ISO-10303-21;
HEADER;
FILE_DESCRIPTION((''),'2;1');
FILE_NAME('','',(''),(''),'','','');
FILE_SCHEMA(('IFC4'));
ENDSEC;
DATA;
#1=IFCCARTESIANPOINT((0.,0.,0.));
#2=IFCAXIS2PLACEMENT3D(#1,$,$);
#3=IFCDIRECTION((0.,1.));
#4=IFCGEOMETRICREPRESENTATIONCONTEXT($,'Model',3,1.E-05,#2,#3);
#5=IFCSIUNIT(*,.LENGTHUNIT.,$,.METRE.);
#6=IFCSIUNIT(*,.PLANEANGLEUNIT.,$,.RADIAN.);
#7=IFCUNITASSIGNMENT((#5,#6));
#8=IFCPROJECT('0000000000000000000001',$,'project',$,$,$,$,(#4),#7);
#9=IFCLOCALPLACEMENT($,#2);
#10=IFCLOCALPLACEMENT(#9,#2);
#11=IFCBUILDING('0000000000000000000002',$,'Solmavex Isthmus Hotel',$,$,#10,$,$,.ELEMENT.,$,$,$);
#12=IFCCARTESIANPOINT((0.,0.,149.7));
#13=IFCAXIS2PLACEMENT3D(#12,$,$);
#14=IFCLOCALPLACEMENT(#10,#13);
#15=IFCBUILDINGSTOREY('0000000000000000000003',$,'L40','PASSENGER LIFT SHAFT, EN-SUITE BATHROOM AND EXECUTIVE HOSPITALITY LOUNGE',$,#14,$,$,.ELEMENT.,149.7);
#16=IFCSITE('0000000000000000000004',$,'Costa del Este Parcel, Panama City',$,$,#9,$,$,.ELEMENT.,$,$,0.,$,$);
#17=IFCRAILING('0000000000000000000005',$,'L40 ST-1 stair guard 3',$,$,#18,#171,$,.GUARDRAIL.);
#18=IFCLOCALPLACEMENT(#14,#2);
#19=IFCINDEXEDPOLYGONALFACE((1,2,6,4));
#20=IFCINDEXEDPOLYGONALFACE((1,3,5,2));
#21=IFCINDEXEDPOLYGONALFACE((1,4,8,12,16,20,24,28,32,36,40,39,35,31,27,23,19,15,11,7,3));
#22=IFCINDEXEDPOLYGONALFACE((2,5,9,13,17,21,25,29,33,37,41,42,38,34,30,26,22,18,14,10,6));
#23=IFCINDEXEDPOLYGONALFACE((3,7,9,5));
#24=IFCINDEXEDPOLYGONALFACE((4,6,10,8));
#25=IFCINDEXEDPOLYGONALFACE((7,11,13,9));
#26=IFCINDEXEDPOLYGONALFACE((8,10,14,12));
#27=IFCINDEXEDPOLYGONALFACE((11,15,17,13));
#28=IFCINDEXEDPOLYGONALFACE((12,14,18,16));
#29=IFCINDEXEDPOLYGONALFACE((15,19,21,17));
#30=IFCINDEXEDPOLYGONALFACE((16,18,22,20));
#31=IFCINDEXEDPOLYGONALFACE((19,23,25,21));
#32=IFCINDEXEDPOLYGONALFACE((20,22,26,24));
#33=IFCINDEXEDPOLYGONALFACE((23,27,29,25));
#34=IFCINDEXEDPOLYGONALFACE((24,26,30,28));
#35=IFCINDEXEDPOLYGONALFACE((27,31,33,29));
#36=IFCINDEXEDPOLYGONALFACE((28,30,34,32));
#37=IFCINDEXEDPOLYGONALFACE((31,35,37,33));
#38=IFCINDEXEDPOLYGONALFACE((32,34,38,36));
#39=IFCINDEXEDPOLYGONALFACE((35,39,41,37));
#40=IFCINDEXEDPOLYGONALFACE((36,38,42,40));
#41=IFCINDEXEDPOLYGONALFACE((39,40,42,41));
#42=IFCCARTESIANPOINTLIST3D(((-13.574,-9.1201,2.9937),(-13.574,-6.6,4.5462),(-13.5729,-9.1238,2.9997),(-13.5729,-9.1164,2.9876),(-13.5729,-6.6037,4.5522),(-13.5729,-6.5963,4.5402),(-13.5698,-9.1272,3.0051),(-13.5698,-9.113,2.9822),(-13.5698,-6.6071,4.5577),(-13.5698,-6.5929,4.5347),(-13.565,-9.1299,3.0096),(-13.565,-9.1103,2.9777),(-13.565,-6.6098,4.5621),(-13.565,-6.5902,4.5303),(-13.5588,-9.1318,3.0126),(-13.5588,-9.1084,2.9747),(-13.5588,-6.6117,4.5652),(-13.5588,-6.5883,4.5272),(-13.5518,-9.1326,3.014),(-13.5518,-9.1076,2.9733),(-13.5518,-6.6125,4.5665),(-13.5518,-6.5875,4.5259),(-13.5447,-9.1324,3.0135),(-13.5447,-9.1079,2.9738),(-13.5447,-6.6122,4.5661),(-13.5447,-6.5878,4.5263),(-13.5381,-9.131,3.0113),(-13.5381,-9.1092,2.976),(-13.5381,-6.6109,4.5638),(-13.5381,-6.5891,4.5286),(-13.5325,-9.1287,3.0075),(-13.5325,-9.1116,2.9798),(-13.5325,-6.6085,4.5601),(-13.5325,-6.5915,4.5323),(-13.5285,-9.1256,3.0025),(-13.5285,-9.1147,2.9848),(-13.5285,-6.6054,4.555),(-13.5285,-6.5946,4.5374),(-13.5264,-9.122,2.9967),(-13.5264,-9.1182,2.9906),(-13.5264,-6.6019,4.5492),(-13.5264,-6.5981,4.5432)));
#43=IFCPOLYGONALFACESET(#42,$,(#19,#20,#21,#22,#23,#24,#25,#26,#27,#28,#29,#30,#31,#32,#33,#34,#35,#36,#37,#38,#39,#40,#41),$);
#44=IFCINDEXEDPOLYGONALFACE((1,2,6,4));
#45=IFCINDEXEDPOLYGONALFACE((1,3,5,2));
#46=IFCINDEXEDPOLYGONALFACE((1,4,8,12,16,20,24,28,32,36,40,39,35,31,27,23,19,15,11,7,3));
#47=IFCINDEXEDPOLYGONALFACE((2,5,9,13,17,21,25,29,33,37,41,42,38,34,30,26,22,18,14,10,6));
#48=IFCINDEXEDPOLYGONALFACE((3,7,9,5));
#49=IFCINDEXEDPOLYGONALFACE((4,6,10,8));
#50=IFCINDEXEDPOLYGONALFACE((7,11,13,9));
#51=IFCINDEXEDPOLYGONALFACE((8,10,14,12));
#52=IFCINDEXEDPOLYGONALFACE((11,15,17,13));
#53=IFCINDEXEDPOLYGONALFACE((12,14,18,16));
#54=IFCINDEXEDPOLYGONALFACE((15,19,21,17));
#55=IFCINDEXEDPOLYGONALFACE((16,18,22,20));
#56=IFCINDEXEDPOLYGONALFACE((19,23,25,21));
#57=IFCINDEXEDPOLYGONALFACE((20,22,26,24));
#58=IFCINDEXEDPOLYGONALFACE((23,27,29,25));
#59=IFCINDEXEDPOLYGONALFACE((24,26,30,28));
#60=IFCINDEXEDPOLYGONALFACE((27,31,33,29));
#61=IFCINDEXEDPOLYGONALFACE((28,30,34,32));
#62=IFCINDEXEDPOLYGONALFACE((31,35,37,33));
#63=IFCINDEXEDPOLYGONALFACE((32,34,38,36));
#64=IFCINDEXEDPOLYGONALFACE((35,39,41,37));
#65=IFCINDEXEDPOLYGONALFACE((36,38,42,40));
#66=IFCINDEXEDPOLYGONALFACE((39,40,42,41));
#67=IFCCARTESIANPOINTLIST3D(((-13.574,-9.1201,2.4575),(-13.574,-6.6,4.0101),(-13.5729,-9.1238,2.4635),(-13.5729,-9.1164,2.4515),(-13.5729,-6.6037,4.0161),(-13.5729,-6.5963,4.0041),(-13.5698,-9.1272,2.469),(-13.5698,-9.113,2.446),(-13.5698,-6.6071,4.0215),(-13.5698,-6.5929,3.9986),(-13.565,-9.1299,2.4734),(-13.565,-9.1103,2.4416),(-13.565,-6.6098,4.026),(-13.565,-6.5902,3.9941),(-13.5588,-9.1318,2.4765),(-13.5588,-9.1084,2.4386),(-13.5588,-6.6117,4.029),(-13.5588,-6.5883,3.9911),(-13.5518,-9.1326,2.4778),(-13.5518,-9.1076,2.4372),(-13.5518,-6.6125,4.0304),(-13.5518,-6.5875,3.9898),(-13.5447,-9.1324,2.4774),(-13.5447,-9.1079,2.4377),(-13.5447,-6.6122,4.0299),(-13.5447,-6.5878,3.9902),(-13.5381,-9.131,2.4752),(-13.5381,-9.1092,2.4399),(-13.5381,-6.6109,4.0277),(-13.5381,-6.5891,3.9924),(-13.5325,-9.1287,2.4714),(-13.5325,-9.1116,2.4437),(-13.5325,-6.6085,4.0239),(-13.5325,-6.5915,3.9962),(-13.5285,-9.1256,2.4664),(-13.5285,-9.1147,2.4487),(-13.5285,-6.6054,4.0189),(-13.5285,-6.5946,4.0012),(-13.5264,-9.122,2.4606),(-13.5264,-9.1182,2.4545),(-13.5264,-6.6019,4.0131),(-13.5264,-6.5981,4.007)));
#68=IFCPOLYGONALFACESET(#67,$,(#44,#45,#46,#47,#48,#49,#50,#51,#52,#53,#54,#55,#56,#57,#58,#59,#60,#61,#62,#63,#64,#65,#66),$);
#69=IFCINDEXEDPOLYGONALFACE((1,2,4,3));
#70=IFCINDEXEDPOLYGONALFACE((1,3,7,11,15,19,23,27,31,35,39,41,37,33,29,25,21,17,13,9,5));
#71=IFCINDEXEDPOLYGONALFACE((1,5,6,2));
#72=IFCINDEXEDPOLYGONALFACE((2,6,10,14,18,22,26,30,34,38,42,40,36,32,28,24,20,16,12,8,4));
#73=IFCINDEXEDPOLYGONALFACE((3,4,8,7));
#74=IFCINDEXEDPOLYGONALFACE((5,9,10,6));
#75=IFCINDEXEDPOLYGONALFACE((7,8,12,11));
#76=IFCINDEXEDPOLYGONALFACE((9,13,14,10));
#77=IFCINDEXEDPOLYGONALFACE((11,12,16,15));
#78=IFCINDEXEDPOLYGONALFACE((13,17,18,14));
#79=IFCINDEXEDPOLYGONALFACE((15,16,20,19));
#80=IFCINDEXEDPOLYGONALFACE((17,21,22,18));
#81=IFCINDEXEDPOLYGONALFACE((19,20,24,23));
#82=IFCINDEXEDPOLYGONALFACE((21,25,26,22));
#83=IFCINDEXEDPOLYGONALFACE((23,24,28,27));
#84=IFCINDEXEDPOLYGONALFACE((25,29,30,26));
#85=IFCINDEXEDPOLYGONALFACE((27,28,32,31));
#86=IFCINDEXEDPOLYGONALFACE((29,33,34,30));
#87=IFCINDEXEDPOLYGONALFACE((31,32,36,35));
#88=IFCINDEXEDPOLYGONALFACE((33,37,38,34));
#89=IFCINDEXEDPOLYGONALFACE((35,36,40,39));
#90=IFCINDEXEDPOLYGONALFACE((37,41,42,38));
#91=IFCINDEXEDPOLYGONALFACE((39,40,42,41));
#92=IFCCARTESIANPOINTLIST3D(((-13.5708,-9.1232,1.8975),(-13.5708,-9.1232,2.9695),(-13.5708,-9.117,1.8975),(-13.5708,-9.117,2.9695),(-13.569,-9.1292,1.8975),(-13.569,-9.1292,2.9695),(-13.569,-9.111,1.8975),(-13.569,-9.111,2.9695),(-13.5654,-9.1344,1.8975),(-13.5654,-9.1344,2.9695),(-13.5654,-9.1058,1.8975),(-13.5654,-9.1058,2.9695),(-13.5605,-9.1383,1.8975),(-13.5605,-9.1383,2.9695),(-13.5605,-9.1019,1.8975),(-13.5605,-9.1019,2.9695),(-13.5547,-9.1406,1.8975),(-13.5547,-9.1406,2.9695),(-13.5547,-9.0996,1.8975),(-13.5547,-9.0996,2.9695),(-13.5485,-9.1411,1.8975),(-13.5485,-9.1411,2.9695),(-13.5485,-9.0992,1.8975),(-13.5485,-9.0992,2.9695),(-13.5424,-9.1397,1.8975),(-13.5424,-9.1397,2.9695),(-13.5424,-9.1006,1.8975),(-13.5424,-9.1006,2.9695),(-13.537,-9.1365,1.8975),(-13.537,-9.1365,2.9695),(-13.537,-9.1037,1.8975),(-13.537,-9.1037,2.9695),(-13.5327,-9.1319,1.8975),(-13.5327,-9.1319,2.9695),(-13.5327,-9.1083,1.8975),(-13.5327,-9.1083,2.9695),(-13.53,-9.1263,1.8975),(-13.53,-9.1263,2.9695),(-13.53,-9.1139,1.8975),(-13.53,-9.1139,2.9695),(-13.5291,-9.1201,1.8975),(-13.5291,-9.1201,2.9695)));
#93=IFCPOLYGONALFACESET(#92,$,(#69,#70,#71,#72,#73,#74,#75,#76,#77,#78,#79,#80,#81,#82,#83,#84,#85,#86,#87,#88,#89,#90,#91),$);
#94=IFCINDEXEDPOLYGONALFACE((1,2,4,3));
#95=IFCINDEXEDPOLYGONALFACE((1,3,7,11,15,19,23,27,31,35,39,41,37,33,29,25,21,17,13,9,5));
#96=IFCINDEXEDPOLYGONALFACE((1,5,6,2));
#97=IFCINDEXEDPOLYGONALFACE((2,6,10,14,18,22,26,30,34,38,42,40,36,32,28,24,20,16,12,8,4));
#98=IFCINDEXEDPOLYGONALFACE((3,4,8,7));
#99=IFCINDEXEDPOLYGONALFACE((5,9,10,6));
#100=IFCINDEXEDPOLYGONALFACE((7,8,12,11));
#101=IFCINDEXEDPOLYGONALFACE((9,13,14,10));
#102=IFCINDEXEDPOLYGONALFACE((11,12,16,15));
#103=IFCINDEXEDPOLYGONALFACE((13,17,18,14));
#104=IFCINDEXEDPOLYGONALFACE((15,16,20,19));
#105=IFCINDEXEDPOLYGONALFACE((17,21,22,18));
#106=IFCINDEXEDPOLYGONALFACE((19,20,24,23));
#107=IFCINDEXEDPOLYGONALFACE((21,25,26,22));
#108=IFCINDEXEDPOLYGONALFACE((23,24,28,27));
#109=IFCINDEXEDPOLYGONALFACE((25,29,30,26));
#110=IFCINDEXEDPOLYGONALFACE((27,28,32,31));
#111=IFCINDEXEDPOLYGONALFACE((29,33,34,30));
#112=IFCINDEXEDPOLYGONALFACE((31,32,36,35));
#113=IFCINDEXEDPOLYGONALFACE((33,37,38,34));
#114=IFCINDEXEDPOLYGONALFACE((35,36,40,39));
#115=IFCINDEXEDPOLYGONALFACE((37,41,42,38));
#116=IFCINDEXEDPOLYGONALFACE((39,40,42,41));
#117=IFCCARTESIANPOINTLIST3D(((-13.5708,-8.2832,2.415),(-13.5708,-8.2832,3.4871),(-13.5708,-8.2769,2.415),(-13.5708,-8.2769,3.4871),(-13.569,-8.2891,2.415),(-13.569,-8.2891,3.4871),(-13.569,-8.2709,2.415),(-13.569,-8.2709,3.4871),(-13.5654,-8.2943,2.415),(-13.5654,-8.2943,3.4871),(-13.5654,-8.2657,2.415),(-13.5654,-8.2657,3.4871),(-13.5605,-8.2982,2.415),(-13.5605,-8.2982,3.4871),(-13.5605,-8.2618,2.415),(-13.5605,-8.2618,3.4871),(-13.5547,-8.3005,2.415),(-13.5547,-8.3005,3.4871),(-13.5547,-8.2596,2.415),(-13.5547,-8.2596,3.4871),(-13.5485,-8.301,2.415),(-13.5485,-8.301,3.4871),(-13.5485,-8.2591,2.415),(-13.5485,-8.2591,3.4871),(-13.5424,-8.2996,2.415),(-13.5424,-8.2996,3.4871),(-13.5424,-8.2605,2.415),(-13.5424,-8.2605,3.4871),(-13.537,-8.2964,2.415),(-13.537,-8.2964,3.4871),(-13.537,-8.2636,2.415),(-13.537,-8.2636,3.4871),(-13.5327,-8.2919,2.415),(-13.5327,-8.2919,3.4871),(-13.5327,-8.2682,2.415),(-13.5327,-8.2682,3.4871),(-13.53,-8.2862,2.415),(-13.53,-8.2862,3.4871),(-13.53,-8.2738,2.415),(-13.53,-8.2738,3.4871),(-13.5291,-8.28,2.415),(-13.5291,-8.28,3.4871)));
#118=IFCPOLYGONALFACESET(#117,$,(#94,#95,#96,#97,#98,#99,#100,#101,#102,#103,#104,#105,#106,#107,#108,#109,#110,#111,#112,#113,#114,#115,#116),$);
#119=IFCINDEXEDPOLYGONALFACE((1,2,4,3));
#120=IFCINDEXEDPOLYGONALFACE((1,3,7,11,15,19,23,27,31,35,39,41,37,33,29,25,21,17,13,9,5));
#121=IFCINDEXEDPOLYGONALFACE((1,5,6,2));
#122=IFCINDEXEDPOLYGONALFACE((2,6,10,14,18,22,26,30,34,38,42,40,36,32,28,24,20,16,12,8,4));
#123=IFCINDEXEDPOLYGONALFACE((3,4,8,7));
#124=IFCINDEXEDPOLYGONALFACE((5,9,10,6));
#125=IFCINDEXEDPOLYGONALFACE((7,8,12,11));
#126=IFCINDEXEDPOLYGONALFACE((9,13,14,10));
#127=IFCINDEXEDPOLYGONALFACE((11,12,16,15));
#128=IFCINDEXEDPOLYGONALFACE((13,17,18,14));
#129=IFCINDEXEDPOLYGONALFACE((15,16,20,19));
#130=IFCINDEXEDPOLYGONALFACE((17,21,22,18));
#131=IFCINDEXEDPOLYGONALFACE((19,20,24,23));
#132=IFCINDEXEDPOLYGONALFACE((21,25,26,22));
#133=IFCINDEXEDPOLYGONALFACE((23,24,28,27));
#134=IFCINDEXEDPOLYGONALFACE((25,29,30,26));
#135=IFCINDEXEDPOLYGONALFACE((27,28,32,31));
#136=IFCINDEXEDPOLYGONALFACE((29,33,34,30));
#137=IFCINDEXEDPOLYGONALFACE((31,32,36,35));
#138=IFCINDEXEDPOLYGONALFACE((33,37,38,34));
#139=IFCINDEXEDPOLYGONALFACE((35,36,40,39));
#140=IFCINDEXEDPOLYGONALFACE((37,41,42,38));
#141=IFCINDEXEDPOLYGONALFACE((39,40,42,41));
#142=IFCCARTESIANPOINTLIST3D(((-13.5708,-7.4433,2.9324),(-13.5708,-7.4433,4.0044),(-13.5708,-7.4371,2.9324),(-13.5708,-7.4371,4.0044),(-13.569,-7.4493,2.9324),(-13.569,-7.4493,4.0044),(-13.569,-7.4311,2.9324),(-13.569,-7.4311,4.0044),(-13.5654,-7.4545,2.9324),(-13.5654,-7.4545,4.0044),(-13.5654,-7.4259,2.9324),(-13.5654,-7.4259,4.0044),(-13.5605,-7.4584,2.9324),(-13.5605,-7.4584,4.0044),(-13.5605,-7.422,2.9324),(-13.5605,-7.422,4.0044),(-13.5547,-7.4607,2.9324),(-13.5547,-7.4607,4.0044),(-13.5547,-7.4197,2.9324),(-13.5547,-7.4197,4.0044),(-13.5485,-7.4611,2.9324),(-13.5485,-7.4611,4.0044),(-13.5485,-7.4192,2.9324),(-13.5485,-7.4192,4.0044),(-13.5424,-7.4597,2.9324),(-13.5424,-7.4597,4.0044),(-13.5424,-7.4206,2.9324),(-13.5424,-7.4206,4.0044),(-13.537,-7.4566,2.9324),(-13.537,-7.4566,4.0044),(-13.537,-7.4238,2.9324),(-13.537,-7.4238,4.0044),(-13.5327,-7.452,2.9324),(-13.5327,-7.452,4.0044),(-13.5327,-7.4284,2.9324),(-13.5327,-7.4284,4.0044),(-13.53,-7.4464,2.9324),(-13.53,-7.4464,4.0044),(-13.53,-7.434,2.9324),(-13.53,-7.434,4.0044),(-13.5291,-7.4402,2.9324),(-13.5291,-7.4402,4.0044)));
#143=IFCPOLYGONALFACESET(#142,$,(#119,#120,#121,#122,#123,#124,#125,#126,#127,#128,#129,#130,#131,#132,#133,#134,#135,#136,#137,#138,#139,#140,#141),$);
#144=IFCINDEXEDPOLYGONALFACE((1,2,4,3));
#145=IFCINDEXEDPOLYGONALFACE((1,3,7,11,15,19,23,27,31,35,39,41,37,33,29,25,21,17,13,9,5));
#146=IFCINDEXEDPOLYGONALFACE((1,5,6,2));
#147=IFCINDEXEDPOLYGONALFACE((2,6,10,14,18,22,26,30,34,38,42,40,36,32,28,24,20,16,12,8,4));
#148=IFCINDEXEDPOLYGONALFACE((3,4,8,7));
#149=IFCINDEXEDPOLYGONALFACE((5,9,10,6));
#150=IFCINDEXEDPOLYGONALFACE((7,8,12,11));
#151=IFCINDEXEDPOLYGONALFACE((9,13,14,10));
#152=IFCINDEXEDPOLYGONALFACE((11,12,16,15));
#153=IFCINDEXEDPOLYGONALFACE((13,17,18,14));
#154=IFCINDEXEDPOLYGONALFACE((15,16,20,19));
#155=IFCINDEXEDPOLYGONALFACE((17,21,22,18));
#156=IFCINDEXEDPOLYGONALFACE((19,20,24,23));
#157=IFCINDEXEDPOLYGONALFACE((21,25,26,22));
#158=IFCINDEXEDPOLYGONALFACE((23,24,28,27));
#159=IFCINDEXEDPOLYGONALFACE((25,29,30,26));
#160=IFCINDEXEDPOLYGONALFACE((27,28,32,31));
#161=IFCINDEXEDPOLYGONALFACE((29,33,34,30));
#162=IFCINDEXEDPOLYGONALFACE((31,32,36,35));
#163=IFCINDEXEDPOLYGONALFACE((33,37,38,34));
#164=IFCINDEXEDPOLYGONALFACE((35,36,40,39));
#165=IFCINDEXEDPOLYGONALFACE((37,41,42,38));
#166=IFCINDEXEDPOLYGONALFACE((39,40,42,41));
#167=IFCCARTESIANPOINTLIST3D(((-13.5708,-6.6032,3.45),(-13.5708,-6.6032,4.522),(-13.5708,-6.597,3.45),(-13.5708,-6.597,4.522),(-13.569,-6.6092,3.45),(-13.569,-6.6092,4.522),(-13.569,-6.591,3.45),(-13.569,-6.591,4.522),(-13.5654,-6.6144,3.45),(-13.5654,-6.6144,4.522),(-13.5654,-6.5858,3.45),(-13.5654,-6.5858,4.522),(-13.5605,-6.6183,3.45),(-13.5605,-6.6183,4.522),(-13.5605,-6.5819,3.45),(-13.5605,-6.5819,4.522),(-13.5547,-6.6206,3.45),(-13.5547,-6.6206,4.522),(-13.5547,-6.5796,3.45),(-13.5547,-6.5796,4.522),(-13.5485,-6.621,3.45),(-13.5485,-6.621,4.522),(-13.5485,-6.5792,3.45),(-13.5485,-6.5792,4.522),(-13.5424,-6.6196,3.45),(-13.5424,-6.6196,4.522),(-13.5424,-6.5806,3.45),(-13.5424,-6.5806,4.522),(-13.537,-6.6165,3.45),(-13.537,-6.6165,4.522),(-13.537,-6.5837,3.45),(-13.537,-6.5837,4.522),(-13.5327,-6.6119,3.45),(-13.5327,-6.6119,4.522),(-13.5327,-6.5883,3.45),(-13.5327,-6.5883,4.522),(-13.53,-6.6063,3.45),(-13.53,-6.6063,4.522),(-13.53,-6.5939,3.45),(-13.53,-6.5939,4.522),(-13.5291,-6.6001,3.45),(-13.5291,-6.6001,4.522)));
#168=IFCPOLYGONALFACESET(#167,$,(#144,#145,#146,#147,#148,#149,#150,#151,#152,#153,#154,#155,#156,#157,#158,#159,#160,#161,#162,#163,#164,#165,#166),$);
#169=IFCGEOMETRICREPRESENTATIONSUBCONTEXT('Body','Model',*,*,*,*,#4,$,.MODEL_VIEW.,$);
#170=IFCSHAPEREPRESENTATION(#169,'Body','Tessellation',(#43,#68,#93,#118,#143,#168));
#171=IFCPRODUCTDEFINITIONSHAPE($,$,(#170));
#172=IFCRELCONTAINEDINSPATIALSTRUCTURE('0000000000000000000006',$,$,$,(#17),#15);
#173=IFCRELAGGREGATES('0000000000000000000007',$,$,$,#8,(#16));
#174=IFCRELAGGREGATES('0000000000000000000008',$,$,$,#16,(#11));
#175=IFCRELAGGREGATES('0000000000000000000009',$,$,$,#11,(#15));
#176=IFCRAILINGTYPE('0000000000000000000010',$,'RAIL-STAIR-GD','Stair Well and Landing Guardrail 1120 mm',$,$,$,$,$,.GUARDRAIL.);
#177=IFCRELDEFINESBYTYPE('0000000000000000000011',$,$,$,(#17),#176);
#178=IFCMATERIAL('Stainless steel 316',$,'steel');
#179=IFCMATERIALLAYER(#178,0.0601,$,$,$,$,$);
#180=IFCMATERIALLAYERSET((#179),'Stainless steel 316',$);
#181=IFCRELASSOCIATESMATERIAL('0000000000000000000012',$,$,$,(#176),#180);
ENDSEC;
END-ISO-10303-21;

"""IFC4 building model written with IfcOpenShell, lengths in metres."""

from ifc_helpers import new_model, si_unit, direction, frame, origin, origin_2d, place, context, subcontext, project, spatial, circle, extrude, material, layer, layer_set, type_object, element, save


model = new_model("IFC4")

# Units and contexts
model_context = context("Model", 3, precision=1e-05, world=origin(), true_north=direction((0.0, 1.0)))
body_context = subcontext(model_context, "Body", "Model", "MODEL_VIEW")
ifc_project = project(units=[si_unit("LENGTHUNIT", "METRE"), si_unit("PLANEANGLEUNIT", "RADIAN")], contexts=[model_context])

# Site, building, storey
site_placement = place(None, origin())
site = spatial("IfcSite", under=ifc_project, at=site_placement, Name="Costa del Este Parcel, Panama City", CompositionType="ELEMENT", RefElevation=0.0)
building_placement = place(site_placement, origin())
building = spatial("IfcBuilding", under=site, at=building_placement, Name="Solmavex Isthmus Hotel", CompositionType="ELEMENT")
storey_placement = place(building_placement, frame((0.0, 0.0, 149.7)))
storey = spatial("IfcBuildingStorey", under=building, at=storey_placement, Name="L40", Description="PASSENGER LIFT SHAFT, EN-SUITE BATHROOM AND EXECUTIVE HOSPITALITY LOUNGE", CompositionType="ELEMENT", Elevation=149.7)

# Shared definitions
ifc_material_1 = material(Name="Stainless steel 316", Category="steel")

# Railing
ifc_layer_1 = layer(ifc_material_1, 0.0601)
ifc_layer_set_1 = layer_set([ifc_layer_1], Name="Stainless steel 316")
railing_type_1 = type_object("IfcRailingType", Name="RAIL-STAIR-GD", Description="Stair Well and Landing Guardrail 1120 mm", PredefinedType="GUARDRAIL", material=ifc_layer_set_1)
railing_1_placement = place(storey_placement, frame((-13.55, -9.1201, 1.8975)))
element("IfcRailing", 1, at=railing_1_placement, inside=storey, type_object=railing_type_1, Name="L40 ST-1 stair guard 3", PredefinedType="GUARDRAIL", context=body_context, shape_type="SweptSolid", body=[
    extrude(circle(Radius=0.0239, at=origin_2d()), frame((0.0, 0.0, 1.0962), z_axis=(0.0, 0.8514, 0.524516), x_axis=(-1.0, 0.0, 0.0)), (0.0, 0.0, 1.0), 2.96),
    extrude(circle(Radius=0.0239, at=origin_2d()), frame((0.0, 0.0, 0.5601), z_axis=(0.0, 0.8514, 0.524516), x_axis=(-1.0, 0.0, 0.0)), (0.0, 0.0, 1.0), 2.96),
    extrude(circle(Radius=0.021, at=origin_2d()), origin(), (0.0, 0.0, 1.0), 1.072),
    extrude(circle(Radius=0.021, at=origin_2d()), frame((0.0, 0.8401, 0.5176)), (0.0, 0.0, 1.0), 1.072),
    extrude(circle(Radius=0.021, at=origin_2d()), frame((0.0, 1.6799, 1.0349)), (0.0, 0.0, 1.0), 1.072),
    extrude(circle(Radius=0.021, at=origin_2d()), frame((0.0, 2.52, 1.5525)), (0.0, 0.0, 1.0), 1.072),
])

save(model, "model.ifc")
